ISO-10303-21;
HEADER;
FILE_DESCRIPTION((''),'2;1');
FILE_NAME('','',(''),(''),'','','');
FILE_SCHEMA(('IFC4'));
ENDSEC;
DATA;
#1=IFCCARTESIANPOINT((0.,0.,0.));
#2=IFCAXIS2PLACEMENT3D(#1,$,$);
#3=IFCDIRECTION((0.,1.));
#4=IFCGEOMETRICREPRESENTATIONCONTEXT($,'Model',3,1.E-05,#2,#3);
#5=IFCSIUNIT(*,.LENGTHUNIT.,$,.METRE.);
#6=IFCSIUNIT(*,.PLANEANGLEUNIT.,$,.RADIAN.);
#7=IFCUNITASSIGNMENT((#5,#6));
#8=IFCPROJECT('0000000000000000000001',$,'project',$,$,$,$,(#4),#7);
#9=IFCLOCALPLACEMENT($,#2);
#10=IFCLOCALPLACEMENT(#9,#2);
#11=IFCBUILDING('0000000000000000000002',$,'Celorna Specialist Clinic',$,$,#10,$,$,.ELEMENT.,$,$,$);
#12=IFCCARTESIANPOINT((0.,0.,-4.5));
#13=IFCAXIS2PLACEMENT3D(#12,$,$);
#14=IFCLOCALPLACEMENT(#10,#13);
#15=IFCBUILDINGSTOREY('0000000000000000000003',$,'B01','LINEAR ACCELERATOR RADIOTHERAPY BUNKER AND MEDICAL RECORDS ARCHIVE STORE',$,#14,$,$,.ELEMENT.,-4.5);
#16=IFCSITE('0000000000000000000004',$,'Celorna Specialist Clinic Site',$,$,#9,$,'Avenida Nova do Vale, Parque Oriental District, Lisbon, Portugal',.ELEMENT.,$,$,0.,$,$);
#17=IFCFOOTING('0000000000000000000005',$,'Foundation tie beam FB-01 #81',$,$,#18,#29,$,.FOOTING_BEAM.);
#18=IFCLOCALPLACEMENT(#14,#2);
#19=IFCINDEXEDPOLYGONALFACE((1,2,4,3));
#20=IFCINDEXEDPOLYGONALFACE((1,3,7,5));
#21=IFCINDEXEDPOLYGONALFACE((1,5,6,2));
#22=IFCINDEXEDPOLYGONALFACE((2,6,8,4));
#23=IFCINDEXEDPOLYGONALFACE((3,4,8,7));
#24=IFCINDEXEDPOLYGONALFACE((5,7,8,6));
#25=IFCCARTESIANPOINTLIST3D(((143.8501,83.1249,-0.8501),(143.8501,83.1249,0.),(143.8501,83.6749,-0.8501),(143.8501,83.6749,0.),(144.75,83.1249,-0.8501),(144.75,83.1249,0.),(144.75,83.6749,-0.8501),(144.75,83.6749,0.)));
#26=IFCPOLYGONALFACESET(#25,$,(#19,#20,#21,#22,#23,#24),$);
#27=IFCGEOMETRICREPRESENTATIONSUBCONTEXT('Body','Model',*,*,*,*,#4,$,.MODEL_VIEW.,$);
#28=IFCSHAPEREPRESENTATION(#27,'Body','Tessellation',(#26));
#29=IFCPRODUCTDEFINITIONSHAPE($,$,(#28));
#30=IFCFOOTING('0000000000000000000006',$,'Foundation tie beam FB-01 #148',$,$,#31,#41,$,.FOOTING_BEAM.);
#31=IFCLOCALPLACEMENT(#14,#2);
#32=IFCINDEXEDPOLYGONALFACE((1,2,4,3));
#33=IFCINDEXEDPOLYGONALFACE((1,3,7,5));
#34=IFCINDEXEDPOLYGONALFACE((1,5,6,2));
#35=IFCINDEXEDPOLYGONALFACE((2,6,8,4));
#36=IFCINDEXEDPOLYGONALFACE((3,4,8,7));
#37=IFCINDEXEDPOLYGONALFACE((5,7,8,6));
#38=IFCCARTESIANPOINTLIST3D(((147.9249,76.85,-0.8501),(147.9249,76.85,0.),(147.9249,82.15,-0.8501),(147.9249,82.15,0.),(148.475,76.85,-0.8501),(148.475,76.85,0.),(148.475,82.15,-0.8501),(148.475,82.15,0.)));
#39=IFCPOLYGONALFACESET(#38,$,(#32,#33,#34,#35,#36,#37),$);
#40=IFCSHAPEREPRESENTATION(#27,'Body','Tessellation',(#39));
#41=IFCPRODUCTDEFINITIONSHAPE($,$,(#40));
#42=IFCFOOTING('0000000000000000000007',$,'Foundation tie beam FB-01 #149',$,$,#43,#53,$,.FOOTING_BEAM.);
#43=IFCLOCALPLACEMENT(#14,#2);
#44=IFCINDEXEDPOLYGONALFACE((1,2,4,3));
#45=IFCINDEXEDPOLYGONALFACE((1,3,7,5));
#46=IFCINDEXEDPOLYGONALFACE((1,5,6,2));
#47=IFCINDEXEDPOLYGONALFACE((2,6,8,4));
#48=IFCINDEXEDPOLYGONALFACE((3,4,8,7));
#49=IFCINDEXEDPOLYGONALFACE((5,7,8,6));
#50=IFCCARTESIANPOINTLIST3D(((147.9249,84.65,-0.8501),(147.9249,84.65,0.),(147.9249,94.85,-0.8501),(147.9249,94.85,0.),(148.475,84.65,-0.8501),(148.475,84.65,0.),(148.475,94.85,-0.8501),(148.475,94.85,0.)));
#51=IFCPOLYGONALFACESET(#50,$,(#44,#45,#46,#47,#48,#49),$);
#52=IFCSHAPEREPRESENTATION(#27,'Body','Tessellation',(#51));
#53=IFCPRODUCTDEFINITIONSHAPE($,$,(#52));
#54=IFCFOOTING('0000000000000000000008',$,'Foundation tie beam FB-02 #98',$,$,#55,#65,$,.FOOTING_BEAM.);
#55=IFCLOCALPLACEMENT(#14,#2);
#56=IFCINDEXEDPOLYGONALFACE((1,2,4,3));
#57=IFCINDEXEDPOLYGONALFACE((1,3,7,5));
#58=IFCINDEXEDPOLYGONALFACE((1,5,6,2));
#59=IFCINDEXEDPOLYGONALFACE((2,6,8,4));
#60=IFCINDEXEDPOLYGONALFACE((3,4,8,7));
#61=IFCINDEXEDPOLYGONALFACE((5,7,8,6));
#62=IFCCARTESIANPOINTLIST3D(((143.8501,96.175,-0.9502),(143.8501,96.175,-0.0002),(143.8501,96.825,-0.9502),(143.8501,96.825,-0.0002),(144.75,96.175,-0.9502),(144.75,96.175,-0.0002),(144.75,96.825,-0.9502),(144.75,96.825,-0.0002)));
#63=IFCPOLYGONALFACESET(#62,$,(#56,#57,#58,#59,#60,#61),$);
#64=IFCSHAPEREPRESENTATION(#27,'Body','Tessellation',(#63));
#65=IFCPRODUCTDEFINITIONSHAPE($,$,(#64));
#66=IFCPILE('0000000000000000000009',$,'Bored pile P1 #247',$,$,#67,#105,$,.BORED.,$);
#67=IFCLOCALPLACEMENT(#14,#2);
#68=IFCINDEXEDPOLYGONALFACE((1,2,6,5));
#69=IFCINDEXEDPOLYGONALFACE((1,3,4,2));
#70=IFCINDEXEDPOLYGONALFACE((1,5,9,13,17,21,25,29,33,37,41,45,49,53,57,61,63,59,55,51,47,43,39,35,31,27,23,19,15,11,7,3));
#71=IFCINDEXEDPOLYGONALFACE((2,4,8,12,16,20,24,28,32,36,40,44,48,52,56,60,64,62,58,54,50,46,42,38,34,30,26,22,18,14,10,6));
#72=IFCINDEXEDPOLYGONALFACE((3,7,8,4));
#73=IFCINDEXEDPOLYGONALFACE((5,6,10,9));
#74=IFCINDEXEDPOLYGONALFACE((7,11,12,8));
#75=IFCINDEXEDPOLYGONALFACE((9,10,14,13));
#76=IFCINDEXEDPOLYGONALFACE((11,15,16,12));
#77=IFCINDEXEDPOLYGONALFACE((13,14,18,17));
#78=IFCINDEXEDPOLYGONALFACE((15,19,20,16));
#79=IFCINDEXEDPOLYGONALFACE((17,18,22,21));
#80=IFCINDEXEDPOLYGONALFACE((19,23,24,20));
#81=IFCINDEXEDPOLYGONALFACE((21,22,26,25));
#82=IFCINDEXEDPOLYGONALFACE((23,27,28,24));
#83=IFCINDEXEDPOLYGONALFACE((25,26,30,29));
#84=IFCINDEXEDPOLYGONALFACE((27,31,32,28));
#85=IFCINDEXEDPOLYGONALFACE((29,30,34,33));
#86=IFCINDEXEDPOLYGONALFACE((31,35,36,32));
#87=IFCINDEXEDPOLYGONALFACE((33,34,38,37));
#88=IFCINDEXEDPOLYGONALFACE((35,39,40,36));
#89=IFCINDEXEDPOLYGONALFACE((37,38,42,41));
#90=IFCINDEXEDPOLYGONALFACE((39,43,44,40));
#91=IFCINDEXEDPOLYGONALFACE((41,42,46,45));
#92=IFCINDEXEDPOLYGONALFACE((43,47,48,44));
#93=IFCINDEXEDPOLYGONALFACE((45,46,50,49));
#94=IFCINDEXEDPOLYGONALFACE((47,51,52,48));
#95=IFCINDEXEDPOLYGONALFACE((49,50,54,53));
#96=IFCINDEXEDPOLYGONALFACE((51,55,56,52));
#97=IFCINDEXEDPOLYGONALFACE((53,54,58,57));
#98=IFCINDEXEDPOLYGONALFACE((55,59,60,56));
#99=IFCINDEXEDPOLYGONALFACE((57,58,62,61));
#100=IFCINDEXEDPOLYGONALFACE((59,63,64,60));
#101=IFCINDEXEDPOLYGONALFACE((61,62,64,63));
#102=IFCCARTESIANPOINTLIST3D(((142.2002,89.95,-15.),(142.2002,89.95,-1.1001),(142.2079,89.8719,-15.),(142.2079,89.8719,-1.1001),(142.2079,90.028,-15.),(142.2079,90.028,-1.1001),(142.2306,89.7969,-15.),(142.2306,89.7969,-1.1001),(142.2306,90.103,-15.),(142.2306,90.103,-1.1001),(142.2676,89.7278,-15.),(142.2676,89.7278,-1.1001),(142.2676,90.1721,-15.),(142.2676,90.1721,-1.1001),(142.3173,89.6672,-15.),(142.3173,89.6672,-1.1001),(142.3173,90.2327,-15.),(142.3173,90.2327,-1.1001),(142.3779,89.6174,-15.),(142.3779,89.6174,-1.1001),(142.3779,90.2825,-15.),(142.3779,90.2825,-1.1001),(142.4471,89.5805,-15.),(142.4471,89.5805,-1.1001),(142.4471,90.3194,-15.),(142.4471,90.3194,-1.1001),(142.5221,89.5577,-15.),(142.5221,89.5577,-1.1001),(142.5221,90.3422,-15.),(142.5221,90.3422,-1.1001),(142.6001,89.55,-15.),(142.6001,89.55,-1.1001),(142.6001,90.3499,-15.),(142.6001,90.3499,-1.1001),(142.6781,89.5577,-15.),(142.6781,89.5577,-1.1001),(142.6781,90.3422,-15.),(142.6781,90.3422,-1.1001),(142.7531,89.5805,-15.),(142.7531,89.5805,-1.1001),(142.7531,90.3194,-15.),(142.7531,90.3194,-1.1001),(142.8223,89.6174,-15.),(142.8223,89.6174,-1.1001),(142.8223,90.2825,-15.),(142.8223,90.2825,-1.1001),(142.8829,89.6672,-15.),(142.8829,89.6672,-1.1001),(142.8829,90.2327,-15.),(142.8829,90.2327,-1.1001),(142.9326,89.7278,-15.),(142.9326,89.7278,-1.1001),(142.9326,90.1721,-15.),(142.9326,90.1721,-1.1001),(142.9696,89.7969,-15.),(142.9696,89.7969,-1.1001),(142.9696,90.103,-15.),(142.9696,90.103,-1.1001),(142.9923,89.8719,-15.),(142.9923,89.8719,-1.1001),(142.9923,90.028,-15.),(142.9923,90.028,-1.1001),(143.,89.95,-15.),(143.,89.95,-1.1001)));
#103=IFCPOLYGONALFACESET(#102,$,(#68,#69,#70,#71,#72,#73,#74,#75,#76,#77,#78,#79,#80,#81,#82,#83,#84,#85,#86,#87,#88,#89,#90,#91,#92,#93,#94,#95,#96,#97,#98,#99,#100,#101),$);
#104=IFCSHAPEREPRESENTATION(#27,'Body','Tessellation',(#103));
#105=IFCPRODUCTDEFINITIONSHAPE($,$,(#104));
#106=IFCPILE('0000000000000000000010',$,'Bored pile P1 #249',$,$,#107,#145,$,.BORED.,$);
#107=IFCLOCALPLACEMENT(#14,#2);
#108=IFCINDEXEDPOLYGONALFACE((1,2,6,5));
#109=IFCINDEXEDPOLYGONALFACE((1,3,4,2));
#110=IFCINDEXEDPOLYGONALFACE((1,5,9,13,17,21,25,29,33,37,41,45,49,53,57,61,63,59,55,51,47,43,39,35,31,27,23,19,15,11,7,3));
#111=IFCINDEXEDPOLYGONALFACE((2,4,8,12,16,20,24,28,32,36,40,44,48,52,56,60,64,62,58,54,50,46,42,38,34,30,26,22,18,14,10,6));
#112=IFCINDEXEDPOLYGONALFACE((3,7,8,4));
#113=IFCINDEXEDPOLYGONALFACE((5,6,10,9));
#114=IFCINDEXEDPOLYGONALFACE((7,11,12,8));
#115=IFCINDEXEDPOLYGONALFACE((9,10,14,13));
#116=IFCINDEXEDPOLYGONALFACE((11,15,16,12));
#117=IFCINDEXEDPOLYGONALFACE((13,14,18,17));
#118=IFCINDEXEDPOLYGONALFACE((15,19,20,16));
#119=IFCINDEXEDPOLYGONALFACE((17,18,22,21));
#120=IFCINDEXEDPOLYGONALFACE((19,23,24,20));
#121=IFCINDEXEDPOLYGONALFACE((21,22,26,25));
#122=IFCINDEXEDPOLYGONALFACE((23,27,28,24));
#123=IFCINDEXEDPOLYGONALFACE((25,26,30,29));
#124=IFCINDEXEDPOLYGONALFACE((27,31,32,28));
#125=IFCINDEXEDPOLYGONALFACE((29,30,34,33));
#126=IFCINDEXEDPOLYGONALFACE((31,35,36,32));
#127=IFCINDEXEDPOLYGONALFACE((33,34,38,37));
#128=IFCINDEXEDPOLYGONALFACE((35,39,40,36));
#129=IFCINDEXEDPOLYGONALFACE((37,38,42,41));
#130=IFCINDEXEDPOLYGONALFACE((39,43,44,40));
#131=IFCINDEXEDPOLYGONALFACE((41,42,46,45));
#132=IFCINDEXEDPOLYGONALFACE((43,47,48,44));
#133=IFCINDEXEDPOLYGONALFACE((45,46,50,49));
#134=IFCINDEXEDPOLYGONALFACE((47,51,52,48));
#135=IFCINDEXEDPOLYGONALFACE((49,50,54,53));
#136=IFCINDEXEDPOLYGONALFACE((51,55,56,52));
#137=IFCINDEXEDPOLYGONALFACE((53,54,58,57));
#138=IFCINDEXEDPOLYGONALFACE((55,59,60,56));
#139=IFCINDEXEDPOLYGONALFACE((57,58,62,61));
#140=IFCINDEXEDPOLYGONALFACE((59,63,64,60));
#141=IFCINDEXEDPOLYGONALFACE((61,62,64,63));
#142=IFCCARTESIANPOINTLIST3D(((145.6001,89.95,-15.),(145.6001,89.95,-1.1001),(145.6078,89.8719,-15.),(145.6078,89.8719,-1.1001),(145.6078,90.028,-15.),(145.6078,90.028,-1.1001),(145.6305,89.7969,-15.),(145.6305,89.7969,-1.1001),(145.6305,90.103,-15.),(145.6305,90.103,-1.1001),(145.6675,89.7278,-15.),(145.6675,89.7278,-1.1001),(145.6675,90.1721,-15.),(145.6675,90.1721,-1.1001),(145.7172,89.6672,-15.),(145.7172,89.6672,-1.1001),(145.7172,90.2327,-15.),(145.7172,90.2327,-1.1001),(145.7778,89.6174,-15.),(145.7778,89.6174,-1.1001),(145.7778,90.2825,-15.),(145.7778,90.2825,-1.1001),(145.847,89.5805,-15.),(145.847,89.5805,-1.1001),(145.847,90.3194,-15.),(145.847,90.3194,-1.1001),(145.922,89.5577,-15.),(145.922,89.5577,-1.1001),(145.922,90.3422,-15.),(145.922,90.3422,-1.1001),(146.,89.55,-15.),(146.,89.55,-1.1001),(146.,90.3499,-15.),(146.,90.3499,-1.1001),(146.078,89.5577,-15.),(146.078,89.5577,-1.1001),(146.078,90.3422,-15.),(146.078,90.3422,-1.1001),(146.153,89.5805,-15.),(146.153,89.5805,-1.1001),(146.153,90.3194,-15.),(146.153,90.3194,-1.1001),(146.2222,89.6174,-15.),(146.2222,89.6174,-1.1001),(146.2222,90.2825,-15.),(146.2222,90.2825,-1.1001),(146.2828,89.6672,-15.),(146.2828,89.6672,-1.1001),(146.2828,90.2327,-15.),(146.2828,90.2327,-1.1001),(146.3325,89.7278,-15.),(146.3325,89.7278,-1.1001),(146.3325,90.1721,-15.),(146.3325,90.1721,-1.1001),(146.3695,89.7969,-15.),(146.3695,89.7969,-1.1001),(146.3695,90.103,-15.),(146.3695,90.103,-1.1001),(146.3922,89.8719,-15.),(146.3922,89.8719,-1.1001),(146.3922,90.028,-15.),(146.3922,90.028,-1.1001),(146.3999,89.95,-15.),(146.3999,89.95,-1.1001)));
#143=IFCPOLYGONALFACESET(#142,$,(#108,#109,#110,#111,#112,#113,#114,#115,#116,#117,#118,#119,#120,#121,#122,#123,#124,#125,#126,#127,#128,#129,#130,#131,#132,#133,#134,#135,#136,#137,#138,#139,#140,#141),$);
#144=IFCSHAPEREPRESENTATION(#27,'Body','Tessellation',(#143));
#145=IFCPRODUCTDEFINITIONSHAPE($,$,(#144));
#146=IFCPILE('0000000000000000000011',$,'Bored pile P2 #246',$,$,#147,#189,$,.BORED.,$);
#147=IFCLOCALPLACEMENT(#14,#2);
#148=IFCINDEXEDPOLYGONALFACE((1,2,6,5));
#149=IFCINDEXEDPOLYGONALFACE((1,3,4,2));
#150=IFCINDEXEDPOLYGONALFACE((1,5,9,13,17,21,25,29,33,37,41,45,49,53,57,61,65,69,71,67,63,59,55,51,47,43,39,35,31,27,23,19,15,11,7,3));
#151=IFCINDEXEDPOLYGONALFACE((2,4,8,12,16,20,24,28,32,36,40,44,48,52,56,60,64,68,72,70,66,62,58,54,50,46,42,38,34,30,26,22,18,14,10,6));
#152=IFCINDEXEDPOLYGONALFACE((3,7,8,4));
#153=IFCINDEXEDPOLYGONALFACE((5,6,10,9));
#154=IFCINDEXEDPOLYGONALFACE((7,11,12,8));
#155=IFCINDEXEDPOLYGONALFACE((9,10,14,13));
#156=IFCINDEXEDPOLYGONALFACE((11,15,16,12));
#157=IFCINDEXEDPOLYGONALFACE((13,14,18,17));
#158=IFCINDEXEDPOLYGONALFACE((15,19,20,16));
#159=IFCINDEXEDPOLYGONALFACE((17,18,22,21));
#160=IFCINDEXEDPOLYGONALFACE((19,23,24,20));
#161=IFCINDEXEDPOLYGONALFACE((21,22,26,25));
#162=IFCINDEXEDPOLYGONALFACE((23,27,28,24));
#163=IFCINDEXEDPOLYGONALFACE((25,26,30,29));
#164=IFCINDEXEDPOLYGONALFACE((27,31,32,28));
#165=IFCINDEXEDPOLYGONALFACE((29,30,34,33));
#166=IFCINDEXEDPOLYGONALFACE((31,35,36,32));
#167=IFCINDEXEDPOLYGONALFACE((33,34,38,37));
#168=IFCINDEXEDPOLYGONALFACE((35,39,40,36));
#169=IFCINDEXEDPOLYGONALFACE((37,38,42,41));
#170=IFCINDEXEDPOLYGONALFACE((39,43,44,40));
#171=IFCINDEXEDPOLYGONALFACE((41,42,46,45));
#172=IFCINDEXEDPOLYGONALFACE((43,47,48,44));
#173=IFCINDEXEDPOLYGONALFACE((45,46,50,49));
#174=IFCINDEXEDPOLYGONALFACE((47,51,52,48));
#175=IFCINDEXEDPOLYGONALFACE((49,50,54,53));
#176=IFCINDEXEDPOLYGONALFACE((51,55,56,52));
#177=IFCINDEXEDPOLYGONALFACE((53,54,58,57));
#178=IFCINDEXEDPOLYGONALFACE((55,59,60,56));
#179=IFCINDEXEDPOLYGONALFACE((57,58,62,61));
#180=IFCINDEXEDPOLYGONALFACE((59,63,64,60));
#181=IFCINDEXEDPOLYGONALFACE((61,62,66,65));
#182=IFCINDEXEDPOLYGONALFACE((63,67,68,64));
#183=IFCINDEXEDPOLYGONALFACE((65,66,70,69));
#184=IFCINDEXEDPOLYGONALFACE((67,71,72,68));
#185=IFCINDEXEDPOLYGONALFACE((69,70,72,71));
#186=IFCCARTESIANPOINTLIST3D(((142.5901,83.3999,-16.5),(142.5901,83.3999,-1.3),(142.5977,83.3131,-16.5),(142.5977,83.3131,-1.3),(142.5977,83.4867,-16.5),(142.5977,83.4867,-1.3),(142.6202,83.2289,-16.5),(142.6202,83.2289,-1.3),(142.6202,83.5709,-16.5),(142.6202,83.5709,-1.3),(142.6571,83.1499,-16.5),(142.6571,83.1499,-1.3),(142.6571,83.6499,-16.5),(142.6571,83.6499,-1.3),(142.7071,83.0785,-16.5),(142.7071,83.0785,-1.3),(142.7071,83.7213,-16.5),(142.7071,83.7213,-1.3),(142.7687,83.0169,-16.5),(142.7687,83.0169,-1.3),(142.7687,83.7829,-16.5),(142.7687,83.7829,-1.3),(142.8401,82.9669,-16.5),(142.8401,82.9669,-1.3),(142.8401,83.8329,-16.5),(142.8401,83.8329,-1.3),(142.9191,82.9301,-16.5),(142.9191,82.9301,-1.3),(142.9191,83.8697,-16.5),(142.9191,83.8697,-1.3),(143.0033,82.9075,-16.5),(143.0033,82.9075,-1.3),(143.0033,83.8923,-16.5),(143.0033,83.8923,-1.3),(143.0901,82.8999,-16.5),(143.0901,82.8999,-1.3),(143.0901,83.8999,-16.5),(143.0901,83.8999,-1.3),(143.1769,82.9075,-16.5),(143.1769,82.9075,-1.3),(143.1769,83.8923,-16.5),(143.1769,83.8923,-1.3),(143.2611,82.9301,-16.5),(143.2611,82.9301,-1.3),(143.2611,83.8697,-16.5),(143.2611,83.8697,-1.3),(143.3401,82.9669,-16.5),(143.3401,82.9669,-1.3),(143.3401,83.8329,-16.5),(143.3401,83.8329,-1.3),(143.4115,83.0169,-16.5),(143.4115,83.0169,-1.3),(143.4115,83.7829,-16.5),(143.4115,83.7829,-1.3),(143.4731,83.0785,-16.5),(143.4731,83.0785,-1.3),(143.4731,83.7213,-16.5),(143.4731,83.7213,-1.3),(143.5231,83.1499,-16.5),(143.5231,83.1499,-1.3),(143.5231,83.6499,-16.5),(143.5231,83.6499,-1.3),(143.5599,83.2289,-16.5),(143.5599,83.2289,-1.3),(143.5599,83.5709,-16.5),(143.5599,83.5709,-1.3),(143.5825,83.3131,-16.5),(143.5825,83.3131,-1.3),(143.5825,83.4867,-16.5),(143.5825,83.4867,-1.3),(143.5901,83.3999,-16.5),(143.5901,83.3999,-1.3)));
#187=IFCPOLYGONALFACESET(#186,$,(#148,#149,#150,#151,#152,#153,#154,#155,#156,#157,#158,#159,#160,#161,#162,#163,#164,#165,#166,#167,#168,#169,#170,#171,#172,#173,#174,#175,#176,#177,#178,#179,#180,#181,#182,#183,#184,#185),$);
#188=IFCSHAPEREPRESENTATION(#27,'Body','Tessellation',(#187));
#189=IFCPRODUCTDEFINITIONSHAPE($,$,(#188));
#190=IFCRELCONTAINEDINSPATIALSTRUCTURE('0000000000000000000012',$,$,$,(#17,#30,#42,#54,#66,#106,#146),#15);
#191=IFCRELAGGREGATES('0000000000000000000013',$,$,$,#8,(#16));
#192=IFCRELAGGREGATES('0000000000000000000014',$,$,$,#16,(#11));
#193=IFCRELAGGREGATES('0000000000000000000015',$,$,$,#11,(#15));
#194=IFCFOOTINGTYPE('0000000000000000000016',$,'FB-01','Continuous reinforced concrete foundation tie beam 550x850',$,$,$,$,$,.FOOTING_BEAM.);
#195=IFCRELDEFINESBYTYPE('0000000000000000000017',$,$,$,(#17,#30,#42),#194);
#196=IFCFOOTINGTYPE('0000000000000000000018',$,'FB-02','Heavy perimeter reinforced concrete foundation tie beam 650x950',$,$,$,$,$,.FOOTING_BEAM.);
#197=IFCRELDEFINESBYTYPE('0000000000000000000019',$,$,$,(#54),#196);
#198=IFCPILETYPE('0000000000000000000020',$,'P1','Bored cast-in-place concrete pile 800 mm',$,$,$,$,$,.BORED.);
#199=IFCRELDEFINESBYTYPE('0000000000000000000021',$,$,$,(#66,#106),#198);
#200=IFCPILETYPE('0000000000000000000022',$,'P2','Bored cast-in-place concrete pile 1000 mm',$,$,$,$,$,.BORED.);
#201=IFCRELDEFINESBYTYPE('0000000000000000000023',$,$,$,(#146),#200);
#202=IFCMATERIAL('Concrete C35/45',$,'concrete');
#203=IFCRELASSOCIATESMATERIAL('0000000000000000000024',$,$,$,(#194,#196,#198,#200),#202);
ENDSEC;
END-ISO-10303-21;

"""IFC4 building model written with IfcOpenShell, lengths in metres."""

from ifc_helpers import new_model, si_unit, direction, frame, origin, origin_2d, place, context, subcontext, project, spatial, rectangle, circle, extrude, material, material_profile, profile_set, type_object, element, save


model = new_model("IFC4")

# Units and contexts
model_context = context("Model", 3, precision=1e-05, world=origin(), true_north=direction((0.0, 1.0)))
body_context = subcontext(model_context, "Body", "Model", "MODEL_VIEW")
ifc_project = project(units=[si_unit("LENGTHUNIT", "METRE"), si_unit("PLANEANGLEUNIT", "RADIAN")], contexts=[model_context])

# Site, building, storey
site_placement = place(None, origin())
site = spatial("IfcSite", under=ifc_project, at=site_placement, Name="Celorna Specialist Clinic Site", LongName="Avenida Nova do Vale, Parque Oriental District, Lisbon, Portugal", CompositionType="ELEMENT", RefElevation=0.0)
building_placement = place(site_placement, origin())
building = spatial("IfcBuilding", under=site, at=building_placement, Name="Celorna Specialist Clinic", CompositionType="ELEMENT")
storey_placement = place(building_placement, frame((0.0, 0.0, -4.5)))
storey = spatial("IfcBuildingStorey", under=building, at=storey_placement, Name="B01", Description="LINEAR ACCELERATOR RADIOTHERAPY BUNKER AND MEDICAL RECORDS ARCHIVE STORE", CompositionType="ELEMENT", Elevation=-4.5)

# Footings
ifc_material_1 = material(Name="Concrete C35/45", Category="concrete")
footing_type_1 = type_object("IfcFootingType", Name="FB-01", Description="Continuous reinforced concrete foundation tie beam 550x850", PredefinedType="FOOTING_BEAM", material=ifc_material_1)
footing_1_placement = place(storey_placement, frame((144.3, 83.3999, -0.8501), z_axis=(0.0, 0.0, 1.0), x_axis=(1.0, 0.0, 0.0)))
element("IfcFooting", 1, at=footing_1_placement, inside=storey, type_object=footing_type_1, Name="Foundation tie beam FB-01 #81", PredefinedType="FOOTING_BEAM", context=body_context, shape_type="SweptSolid", body=[
    extrude(rectangle(XDim=0.8999, YDim=0.55, at=origin_2d()), origin(), (0.0, 0.0, 1.0), 0.8501),
])
footing_2_placement = place(storey_placement, frame((148.2, 79.5, -0.8501), z_axis=(0.0, 0.0, 1.0), x_axis=(0.0, 1.0, 0.0)))
element("IfcFooting", 2, at=footing_2_placement, inside=storey, type_object=footing_type_1, Name="Foundation tie beam FB-01 #148", PredefinedType="FOOTING_BEAM", context=body_context, shape_type="SweptSolid", body=[
    extrude(rectangle(XDim=5.3, YDim=0.55, at=origin_2d()), origin(), (0.0, 0.0, 1.0), 0.8501),
])
footing_3_placement = place(storey_placement, frame((148.2, 89.75, -0.8501), z_axis=(0.0, 0.0, 1.0), x_axis=(0.0, 1.0, 0.0)))
element("IfcFooting", 3, at=footing_3_placement, inside=storey, type_object=footing_type_1, Name="Foundation tie beam FB-01 #149", PredefinedType="FOOTING_BEAM", context=body_context, shape_type="SweptSolid", body=[
    extrude(rectangle(XDim=10.2, YDim=0.55, at=origin_2d()), origin(), (0.0, 0.0, 1.0), 0.8501),
])
footing_type_2 = type_object("IfcFootingType", Name="FB-02", Description="Heavy perimeter reinforced concrete foundation tie beam 650x950", PredefinedType="FOOTING_BEAM", material=ifc_material_1)
footing_4_placement = place(storey_placement, frame((144.3, 96.5, -0.9502), z_axis=(0.0, 0.0, 1.0), x_axis=(1.0, 0.0, 0.0)))
element("IfcFooting", 4, at=footing_4_placement, inside=storey, type_object=footing_type_2, Name="Foundation tie beam FB-02 #98", PredefinedType="FOOTING_BEAM", context=body_context, shape_type="SweptSolid", body=[
    extrude(rectangle(XDim=0.8999, YDim=0.6499, at=origin_2d()), origin(), (0.0, 0.0, 1.0), 0.95),
])

# Piles
ifc_material_profile_1 = material_profile(ifc_material_1, circle(Radius=0.3999, at=origin_2d()), Name="BORED PILE 800")
ifc_profile_set_1 = profile_set([ifc_material_profile_1], Name="Concrete C35/45")
pile_type_1 = type_object("IfcPileType", Name="P1", Description="Bored cast-in-place concrete pile 800 mm", PredefinedType="BORED", material=ifc_profile_set_1)
for number, where, z_axis, x_axis, name in (
    (5, (142.6001, 89.95, -1.1001), (0.0, 0.0, -1.0), (1.0, 0.0, 0.0), "Bored pile P1 #247"),
    (6, (146.0, 89.95, -1.1001), (0.0, 0.0, -1.0), (1.0, 0.0, 0.0), "Bored pile P1 #249"),
):
    element("IfcPile", number, at=place(storey_placement, frame(where, z_axis=z_axis, x_axis=x_axis)), inside=storey, type_object=pile_type_1, Name=name, PredefinedType="BORED", context=body_context, shape_type="SweptSolid", body=[
        extrude(circle(Radius=0.3999, at=origin_2d()), origin(), (0.0, 0.0, 1.0), 13.8999),
    ])
ifc_material_profile_2 = material_profile(ifc_material_1, circle(Radius=0.5, at=origin_2d()), Name="BORED PILE 1000")
ifc_profile_set_2 = profile_set([ifc_material_profile_2], Name="Concrete C35/45")
pile_type_2 = type_object("IfcPileType", Name="P2", Description="Bored cast-in-place concrete pile 1000 mm", PredefinedType="BORED", material=ifc_profile_set_2)
for number, where, z_axis, x_axis, name in (
    (7, (143.0901, 83.3999, -1.3), (0.0, 0.0, -1.0), (1.0, 0.0, 0.0), "Bored pile P2 #246"),
):
    element("IfcPile", number, at=place(storey_placement, frame(where, z_axis=z_axis, x_axis=x_axis)), inside=storey, type_object=pile_type_2, Name=name, PredefinedType="BORED", context=body_context, shape_type="SweptSolid", body=[
        extrude(circle(Radius=0.5, at=origin_2d()), origin(), (0.0, 0.0, 1.0), 15.2),
    ])

save(model, "model.ifc")
